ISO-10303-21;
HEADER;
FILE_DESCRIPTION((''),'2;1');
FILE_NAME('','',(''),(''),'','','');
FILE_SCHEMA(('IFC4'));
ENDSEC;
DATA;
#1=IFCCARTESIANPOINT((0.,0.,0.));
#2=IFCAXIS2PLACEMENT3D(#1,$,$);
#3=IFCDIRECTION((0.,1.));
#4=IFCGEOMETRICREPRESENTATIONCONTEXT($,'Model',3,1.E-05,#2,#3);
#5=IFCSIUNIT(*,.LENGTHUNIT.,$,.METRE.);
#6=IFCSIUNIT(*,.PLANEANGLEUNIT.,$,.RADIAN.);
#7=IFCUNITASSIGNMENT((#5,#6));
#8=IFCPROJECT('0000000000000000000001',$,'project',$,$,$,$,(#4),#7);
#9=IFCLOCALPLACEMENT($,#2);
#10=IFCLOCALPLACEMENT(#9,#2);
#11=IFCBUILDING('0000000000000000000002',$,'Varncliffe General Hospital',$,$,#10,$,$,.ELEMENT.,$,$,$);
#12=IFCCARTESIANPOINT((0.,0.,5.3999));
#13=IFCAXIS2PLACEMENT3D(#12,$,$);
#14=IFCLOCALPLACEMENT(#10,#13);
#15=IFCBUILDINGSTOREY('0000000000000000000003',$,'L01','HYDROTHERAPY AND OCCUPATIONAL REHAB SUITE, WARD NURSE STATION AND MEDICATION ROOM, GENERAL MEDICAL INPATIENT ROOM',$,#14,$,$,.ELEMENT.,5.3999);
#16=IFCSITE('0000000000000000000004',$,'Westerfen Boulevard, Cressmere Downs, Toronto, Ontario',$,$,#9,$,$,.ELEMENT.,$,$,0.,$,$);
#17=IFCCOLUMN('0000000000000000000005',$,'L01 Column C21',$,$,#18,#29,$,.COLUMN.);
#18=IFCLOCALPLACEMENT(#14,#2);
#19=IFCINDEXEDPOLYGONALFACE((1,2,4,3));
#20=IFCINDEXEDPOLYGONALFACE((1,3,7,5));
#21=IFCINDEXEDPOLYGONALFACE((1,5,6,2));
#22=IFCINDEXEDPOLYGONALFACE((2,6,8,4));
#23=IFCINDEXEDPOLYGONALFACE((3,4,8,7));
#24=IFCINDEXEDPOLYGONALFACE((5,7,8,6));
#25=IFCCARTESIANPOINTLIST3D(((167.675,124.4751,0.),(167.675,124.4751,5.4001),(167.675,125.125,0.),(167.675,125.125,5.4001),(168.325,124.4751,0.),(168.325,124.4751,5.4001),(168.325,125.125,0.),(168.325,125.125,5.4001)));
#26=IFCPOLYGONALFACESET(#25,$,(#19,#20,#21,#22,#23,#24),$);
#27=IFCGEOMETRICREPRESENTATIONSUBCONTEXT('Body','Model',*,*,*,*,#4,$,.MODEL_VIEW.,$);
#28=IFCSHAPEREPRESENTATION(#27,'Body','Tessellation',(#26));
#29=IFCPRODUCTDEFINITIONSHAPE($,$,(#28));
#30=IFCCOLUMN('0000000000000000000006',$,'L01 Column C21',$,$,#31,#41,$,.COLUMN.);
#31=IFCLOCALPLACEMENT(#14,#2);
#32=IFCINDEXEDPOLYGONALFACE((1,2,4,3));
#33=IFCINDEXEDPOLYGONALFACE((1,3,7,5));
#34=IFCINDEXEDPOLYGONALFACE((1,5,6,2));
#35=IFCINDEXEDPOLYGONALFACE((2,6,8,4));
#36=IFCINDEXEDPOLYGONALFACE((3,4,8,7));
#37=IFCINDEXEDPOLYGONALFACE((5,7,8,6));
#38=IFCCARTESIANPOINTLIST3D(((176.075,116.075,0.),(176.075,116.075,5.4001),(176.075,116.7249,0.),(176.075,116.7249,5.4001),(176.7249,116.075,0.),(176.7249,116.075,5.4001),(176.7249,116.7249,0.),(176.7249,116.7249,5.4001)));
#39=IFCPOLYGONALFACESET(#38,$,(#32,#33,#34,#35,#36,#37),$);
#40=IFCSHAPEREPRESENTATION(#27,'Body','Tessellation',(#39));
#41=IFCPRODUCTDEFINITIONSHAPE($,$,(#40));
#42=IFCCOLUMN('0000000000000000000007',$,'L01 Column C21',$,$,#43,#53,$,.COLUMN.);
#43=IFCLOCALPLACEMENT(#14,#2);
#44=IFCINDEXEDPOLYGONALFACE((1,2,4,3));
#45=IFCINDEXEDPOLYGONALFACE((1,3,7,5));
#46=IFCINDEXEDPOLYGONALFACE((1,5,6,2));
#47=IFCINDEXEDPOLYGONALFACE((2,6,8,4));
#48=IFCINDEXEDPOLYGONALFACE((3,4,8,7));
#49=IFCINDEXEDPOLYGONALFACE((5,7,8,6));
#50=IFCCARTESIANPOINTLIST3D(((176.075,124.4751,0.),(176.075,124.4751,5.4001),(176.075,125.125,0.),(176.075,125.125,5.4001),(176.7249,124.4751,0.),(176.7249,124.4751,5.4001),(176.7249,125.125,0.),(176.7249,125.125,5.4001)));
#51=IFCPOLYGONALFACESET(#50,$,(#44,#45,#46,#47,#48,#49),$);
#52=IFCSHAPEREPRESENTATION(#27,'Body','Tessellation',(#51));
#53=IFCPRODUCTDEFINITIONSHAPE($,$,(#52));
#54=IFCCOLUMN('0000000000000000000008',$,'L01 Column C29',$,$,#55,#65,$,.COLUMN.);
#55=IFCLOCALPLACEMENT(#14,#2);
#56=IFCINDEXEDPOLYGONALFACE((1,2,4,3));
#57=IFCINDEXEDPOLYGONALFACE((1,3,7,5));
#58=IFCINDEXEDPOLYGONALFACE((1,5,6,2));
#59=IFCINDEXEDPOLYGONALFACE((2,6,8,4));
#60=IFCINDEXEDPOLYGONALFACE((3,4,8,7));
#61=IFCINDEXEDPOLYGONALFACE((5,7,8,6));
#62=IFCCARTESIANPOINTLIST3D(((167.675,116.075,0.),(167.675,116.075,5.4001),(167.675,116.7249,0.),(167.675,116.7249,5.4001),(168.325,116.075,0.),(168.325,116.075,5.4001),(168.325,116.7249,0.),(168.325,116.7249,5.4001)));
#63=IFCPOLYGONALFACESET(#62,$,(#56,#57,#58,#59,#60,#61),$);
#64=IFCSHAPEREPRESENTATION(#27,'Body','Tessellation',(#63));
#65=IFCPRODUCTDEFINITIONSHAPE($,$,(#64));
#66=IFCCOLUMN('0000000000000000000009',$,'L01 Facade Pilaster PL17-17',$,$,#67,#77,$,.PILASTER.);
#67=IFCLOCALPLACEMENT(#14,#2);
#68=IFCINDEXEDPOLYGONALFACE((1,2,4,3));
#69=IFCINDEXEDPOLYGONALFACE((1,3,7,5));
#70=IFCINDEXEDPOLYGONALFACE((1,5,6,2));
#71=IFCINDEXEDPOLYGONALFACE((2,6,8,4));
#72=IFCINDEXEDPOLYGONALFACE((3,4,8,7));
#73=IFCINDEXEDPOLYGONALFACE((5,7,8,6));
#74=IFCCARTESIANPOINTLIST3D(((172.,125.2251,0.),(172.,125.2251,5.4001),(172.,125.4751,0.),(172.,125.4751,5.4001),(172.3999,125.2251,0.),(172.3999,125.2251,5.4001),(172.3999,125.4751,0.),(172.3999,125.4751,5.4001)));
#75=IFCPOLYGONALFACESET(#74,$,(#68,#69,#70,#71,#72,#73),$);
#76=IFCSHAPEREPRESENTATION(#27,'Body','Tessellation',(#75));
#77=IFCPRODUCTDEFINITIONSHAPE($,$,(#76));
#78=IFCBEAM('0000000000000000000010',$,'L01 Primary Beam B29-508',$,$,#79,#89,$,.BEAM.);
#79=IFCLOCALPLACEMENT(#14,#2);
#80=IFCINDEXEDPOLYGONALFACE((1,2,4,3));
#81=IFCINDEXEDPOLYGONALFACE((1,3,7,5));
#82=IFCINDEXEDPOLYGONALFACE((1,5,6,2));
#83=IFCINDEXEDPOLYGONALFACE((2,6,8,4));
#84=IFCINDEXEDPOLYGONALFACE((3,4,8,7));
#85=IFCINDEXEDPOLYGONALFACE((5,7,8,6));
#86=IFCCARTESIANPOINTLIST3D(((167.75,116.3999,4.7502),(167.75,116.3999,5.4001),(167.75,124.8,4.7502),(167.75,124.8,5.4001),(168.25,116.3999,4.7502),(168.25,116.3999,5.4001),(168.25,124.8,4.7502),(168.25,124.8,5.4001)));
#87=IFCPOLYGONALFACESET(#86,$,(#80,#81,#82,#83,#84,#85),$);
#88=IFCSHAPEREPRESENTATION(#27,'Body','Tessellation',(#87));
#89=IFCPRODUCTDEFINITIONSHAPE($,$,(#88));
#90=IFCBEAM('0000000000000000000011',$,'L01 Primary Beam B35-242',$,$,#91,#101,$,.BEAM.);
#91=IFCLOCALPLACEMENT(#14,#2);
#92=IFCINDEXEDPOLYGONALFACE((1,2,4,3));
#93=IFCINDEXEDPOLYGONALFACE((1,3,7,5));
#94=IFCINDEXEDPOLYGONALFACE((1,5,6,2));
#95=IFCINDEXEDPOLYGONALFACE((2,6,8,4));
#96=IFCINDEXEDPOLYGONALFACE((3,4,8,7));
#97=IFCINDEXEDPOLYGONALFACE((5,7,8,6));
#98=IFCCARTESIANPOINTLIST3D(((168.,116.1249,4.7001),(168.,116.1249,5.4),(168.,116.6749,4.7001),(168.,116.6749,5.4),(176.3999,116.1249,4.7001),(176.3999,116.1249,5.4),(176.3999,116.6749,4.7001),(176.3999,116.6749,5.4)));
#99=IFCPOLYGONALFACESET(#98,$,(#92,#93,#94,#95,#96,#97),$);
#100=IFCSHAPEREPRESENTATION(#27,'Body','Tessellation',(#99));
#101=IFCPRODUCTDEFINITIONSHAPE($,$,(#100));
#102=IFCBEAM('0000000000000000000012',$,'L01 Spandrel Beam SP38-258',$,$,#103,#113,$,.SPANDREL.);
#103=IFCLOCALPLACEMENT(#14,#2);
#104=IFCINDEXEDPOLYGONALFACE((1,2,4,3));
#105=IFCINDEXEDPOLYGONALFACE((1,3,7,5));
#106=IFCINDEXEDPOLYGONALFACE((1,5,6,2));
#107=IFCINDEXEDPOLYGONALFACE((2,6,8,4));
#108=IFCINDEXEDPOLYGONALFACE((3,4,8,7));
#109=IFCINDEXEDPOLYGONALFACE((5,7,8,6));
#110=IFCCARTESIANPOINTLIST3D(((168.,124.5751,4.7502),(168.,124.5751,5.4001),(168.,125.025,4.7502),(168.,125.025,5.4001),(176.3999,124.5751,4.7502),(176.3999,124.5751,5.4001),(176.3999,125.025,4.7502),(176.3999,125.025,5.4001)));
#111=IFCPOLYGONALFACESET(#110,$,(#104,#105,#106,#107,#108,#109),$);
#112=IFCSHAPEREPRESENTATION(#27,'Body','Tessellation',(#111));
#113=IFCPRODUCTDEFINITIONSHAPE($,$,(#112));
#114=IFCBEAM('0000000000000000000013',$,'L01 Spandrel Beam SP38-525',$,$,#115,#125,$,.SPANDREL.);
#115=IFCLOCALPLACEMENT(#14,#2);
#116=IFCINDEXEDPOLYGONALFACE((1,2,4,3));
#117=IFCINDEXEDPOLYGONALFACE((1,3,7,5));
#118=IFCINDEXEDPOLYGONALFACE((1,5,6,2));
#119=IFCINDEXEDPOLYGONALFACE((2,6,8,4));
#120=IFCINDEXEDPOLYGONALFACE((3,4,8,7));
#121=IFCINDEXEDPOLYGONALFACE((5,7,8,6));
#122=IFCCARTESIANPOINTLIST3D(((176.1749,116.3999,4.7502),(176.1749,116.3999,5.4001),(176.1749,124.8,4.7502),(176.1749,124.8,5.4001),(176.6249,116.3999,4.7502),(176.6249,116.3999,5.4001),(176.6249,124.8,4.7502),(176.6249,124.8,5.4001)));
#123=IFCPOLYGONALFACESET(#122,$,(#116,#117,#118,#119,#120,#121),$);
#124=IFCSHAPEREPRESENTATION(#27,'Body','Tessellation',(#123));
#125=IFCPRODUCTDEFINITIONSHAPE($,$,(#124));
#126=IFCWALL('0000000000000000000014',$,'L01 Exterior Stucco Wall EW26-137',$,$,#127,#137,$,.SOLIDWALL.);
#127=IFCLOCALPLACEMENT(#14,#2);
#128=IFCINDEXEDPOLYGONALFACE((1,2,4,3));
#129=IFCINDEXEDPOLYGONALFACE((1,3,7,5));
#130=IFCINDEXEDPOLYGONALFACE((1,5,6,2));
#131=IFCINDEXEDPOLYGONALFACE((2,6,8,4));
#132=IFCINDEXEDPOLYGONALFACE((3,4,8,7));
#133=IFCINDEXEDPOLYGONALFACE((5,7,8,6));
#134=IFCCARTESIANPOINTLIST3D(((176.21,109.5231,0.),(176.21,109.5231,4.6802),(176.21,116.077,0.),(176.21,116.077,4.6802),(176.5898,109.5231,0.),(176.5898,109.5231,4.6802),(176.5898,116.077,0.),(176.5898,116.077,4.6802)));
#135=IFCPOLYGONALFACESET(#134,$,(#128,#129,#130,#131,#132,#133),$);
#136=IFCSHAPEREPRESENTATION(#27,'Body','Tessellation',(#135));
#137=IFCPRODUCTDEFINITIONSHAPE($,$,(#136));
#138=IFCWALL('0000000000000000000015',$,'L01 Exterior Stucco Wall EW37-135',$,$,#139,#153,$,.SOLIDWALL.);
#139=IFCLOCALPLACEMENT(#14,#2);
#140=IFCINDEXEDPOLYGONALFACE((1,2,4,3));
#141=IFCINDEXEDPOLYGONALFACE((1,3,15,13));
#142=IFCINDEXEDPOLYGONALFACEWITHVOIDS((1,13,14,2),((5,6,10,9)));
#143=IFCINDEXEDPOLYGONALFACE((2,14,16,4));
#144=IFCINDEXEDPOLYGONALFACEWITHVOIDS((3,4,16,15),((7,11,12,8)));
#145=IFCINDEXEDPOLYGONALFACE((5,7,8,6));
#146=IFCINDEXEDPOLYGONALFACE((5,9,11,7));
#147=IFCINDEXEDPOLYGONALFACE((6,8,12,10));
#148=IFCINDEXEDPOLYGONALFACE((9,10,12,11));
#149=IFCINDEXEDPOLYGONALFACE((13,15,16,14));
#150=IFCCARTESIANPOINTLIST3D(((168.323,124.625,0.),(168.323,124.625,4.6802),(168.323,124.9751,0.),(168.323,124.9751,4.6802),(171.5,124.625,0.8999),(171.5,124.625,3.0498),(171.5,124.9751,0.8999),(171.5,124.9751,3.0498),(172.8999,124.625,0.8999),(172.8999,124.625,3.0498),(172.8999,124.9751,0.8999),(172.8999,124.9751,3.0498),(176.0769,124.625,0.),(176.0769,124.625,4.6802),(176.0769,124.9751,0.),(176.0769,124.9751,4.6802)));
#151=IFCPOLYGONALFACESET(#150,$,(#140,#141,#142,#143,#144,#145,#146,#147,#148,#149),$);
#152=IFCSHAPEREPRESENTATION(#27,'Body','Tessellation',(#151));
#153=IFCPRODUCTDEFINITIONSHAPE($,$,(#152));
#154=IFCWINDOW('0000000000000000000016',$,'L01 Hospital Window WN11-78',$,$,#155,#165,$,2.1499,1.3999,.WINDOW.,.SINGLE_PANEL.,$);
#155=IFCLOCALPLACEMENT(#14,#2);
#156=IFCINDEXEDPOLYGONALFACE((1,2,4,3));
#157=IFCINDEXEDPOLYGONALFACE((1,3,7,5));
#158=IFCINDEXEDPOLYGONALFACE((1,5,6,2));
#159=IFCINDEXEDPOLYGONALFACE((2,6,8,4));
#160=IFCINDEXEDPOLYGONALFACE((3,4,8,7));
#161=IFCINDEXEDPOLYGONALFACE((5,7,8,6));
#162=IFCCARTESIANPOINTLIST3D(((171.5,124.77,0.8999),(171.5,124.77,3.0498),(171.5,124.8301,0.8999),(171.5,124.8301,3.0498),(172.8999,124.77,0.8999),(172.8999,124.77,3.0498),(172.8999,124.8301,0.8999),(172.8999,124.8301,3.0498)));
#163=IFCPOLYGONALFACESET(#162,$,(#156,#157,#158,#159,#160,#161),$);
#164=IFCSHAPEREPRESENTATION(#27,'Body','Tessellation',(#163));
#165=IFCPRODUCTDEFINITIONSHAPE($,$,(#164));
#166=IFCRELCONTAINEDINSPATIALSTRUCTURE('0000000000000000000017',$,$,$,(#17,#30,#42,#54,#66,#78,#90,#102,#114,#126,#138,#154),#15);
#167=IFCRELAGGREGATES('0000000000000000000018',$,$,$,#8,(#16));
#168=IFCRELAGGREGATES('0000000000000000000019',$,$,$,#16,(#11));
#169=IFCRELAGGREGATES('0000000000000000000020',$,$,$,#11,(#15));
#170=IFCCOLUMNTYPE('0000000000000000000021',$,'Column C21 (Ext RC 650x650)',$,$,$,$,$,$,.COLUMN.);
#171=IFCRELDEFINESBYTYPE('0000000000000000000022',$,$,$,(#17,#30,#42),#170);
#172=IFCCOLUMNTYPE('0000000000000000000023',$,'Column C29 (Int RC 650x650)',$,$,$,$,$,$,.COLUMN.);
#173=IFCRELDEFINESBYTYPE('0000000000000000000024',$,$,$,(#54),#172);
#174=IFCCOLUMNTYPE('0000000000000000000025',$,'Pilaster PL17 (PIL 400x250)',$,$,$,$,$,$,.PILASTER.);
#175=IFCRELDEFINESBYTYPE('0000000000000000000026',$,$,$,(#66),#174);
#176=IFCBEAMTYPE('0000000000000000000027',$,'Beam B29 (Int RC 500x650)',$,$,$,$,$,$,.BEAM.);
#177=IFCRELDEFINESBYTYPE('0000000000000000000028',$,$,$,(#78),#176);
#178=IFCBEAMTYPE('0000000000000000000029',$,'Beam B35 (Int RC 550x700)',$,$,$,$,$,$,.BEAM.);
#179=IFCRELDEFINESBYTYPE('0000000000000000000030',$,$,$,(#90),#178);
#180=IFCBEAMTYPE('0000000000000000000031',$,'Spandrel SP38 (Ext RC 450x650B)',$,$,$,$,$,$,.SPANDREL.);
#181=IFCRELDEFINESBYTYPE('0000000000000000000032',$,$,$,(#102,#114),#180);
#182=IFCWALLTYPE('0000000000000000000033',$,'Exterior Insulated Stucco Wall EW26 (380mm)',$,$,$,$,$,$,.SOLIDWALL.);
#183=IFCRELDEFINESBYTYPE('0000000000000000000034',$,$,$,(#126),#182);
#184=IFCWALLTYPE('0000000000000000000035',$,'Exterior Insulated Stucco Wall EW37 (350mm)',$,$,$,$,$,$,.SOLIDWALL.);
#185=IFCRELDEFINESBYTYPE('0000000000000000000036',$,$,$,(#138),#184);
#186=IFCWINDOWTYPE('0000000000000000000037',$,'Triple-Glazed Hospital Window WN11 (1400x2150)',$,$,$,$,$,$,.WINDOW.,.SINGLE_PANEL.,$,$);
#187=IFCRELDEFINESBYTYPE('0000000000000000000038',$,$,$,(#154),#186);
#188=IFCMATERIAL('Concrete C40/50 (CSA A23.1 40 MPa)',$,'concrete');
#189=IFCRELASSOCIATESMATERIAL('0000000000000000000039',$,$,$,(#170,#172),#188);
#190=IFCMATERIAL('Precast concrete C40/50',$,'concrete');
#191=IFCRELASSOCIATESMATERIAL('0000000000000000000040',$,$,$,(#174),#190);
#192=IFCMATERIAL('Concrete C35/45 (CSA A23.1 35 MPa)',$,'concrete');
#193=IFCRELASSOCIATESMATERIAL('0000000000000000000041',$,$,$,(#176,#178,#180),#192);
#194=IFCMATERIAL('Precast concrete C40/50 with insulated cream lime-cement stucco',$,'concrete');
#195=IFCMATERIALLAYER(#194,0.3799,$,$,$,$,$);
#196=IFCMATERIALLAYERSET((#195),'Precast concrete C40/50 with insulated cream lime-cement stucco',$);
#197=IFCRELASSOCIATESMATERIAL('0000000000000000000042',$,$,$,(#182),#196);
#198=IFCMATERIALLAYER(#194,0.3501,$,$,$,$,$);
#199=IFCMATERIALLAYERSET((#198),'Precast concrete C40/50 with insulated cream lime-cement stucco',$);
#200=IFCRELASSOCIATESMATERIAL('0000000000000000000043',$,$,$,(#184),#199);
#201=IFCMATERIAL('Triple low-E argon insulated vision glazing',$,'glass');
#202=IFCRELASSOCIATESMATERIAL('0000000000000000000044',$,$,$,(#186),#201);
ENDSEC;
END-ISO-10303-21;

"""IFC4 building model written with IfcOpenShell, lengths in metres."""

from ifc_helpers import new_model, si_unit, direction, frame, frame_2d, origin, origin_2d, place, context, subcontext, project, spatial, rectangle, extrude, material, layer, layer_set, material_profile, profile_set, type_object, element, fill, save


model = new_model("IFC4")

# Units and contexts
model_context = context("Model", 3, precision=1e-05, world=origin(), true_north=direction((0.0, 1.0)))
body_context = subcontext(model_context, "Body", "Model", "MODEL_VIEW")
ifc_project = project(units=[si_unit("LENGTHUNIT", "METRE"), si_unit("PLANEANGLEUNIT", "RADIAN")], contexts=[model_context])

# Site, building, storey
site_placement = place(None, origin())
site = spatial("IfcSite", under=ifc_project, at=site_placement, Name="Westerfen Boulevard, Cressmere Downs, Toronto, Ontario", CompositionType="ELEMENT", RefElevation=0.0)
building_placement = place(site_placement, origin())
building = spatial("IfcBuilding", under=site, at=building_placement, Name="Varncliffe General Hospital", CompositionType="ELEMENT")
storey_placement = place(building_placement, frame((0.0, 0.0, 5.3999)))
storey = spatial("IfcBuildingStorey", under=building, at=storey_placement, Name="L01", Description="HYDROTHERAPY AND OCCUPATIONAL REHAB SUITE, WARD NURSE STATION AND MEDICATION ROOM, GENERAL MEDICAL INPATIENT ROOM", CompositionType="ELEMENT", Elevation=5.3999)

# Columns
ifc_material_1 = material(Name="Concrete C40/50 (CSA A23.1 40 MPa)", Category="concrete")
ifc_material_profile_1 = material_profile(ifc_material_1, rectangle(XDim=0.6499, YDim=0.6499, at=origin_2d()), Name="RC 650x650")
ifc_profile_set_1 = profile_set([ifc_material_profile_1], Name="Concrete C40/50 (CSA A23.1 40 MPa)")
column_type_1 = type_object("IfcColumnType", Name="Column C21 (Ext RC 650x650)", PredefinedType="COLUMN", material=ifc_profile_set_1)
for number, where, z_axis, x_axis, name in (
    (1, (168.0, 124.8, 0.0), (0.0, 0.0, 1.0), (1.0, 0.0, 0.0), "L01 Column C21"),
    (2, (176.3999, 116.3999, 0.0), (0.0, 0.0, 1.0), (1.0, 0.0, 0.0), "L01 Column C21"),
    (3, (176.3999, 124.8, 0.0), (0.0, 0.0, 1.0), (1.0, 0.0, 0.0), "L01 Column C21"),
):
    element("IfcColumn", number, at=place(storey_placement, frame(where, z_axis=z_axis, x_axis=x_axis)), inside=storey, type_object=column_type_1, Name=name, PredefinedType="COLUMN", context=body_context, shape_type="SweptSolid", body=[
        extrude(rectangle(XDim=0.6499, YDim=0.6499, at=origin_2d()), origin(), (0.0, 0.0, 1.0), 5.4001),
    ])
ifc_material_profile_2 = material_profile(ifc_material_1, rectangle(XDim=0.6499, YDim=0.6499, at=origin_2d()), Name="RC 650x650")
ifc_profile_set_2 = profile_set([ifc_material_profile_2], Name="Concrete C40/50 (CSA A23.1 40 MPa)")
column_type_2 = type_object("IfcColumnType", Name="Column C29 (Int RC 650x650)", PredefinedType="COLUMN", material=ifc_profile_set_2)
column_1_placement = place(storey_placement, frame((168.0, 116.3999, 0.0), z_axis=(0.0, 0.0, 1.0), x_axis=(1.0, 0.0, 0.0)))
element("IfcColumn", 4, at=column_1_placement, inside=storey, type_object=column_type_2, Name="L01 Column C29", PredefinedType="COLUMN", context=body_context, shape_type="SweptSolid", body=[
    extrude(rectangle(XDim=0.6499, YDim=0.6499, at=origin_2d()), origin(), (0.0, 0.0, 1.0), 5.4001),
])
ifc_material_2 = material(Name="Precast concrete C40/50", Category="concrete")
ifc_material_profile_3 = material_profile(ifc_material_2, rectangle(XDim=0.3999, YDim=0.25, at=origin_2d()), Name="PIL 400x250")
ifc_profile_set_3 = profile_set([ifc_material_profile_3], Name="Precast concrete C40/50")
column_type_3 = type_object("IfcColumnType", Name="Pilaster PL17 (PIL 400x250)", PredefinedType="PILASTER", material=ifc_profile_set_3)
column_2_placement = place(storey_placement, frame((172.2, 125.3501, 0.0), z_axis=(0.0, 0.0, 1.0), x_axis=(1.0, 0.0, 0.0)))
element("IfcColumn", 5, at=column_2_placement, inside=storey, type_object=column_type_3, Name="L01 Facade Pilaster PL17-17", PredefinedType="PILASTER", context=body_context, shape_type="SweptSolid", body=[
    extrude(rectangle(XDim=0.3999, YDim=0.25, at=origin_2d()), origin(), (0.0, 0.0, 1.0), 5.4001),
])

# Beams
ifc_material_3 = material(Name="Concrete C35/45 (CSA A23.1 35 MPa)", Category="concrete")
ifc_material_profile_4 = material_profile(ifc_material_3, rectangle(XDim=0.5, YDim=0.6499, at=origin_2d()), Name="RC 500x650")
ifc_profile_set_4 = profile_set([ifc_material_profile_4], Name="Concrete C35/45 (CSA A23.1 35 MPa)")
beam_type_1 = type_object("IfcBeamType", Name="Beam B29 (Int RC 500x650)", PredefinedType="BEAM", material=ifc_profile_set_4)
beam_1_placement = place(storey_placement, frame((168.0, 116.3999, 5.0752), z_axis=(0.0, 1.0, 0.0), x_axis=(-1.0, 0.0, 0.0)))
element("IfcBeam", 6, at=beam_1_placement, inside=storey, type_object=beam_type_1, Name="L01 Primary Beam B29-508", PredefinedType="BEAM", context=body_context, shape_type="SweptSolid", body=[
    extrude(rectangle(XDim=0.5, YDim=0.6499, at=origin_2d()), origin(), (0.0, 0.0, 1.0), 8.4001),
])
ifc_material_profile_5 = material_profile(ifc_material_3, rectangle(XDim=0.55, YDim=0.7, at=origin_2d()), Name="RC 550x700")
ifc_profile_set_5 = profile_set([ifc_material_profile_5], Name="Concrete C35/45 (CSA A23.1 35 MPa)")
beam_type_2 = type_object("IfcBeamType", Name="Beam B35 (Int RC 550x700)", PredefinedType="BEAM", material=ifc_profile_set_5)
beam_2_placement = place(storey_placement, frame((168.0, 116.3999, 5.05), z_axis=(1.0, 0.0, 0.0), x_axis=(0.0, 1.0, 0.0)))
element("IfcBeam", 7, at=beam_2_placement, inside=storey, type_object=beam_type_2, Name="L01 Primary Beam B35-242", PredefinedType="BEAM", context=body_context, shape_type="SweptSolid", body=[
    extrude(rectangle(XDim=0.55, YDim=0.7, at=origin_2d()), origin(), (0.0, 0.0, 1.0), 8.3999),
])
ifc_material_profile_6 = material_profile(ifc_material_3, rectangle(XDim=0.45, YDim=0.6499, at=origin_2d()), Name="RC 450x650")
ifc_profile_set_6 = profile_set([ifc_material_profile_6], Name="Concrete C35/45 (CSA A23.1 35 MPa)")
beam_type_3 = type_object("IfcBeamType", Name="Spandrel SP38 (Ext RC 450x650B)", PredefinedType="SPANDREL", material=ifc_profile_set_6)
beam_3_placement = place(storey_placement, frame((168.0, 124.8, 5.0752), z_axis=(1.0, 0.0, 0.0), x_axis=(0.0, 1.0, 0.0)))
element("IfcBeam", 8, at=beam_3_placement, inside=storey, type_object=beam_type_3, Name="L01 Spandrel Beam SP38-258", PredefinedType="SPANDREL", context=body_context, shape_type="SweptSolid", body=[
    extrude(rectangle(XDim=0.45, YDim=0.6499, at=origin_2d()), origin(), (0.0, 0.0, 1.0), 8.3999),
])
beam_4_placement = place(storey_placement, frame((176.3999, 116.3999, 5.0752), z_axis=(0.0, 1.0, 0.0), x_axis=(-1.0, 0.0, 0.0)))
element("IfcBeam", 9, at=beam_4_placement, inside=storey, type_object=beam_type_3, Name="L01 Spandrel Beam SP38-525", PredefinedType="SPANDREL", context=body_context, shape_type="SweptSolid", body=[
    extrude(rectangle(XDim=0.45, YDim=0.6499, at=origin_2d()), origin(), (0.0, 0.0, 1.0), 8.4001),
])

# Wall
ifc_material_4 = material(Name="Precast concrete C40/50 with insulated cream lime-cement stucco", Category="concrete")
ifc_layer_1 = layer(ifc_material_4, 0.3799)
ifc_layer_set_1 = layer_set([ifc_layer_1], Name="Precast concrete C40/50 with insulated cream lime-cement stucco")
wall_type_1 = type_object("IfcWallType", Name="Exterior Insulated Stucco Wall EW26 (380mm)", PredefinedType="SOLIDWALL", material=ifc_layer_set_1)
wall_1_placement = place(storey_placement, frame((176.3999, 116.0769, 0.0), z_axis=(0.0, 0.0, 1.0), x_axis=(0.0, -1.0, 0.0)))
element("IfcWall", 10, at=wall_1_placement, inside=storey, type_object=wall_type_1, Name="L01 Exterior Stucco Wall EW26-137", PredefinedType="SOLIDWALL", context=body_context, shape_type="SweptSolid", body=[
    extrude(rectangle(XDim=6.554, YDim=0.3799, at=frame_2d((3.2769, 0.0))), origin(), (0.0, 0.0, 1.0), 4.6802),
])

# Wall, opening, window
ifc_layer_2 = layer(ifc_material_4, 0.3501)
ifc_layer_set_2 = layer_set([ifc_layer_2], Name="Precast concrete C40/50 with insulated cream lime-cement stucco")
wall_type_2 = type_object("IfcWallType", Name="Exterior Insulated Stucco Wall EW37 (350mm)", PredefinedType="SOLIDWALL", material=ifc_layer_set_2)
wall_2_placement = place(storey_placement, frame((168.323, 124.8, 0.0), z_axis=(0.0, 0.0, 1.0), x_axis=(1.0, 0.0, 0.0)))
wall_2 = element("IfcWall", 11, at=wall_2_placement, inside=storey, type_object=wall_type_2, Name="L01 Exterior Stucco Wall EW37-135", PredefinedType="SOLIDWALL", context=body_context, shape_type="SweptSolid", body=[
    extrude(rectangle(XDim=7.7539, YDim=0.3501, at=frame_2d((3.877, 0.0))), origin(), (0.0, 0.0, 1.0), 4.6802),
])
opening_1_placement = place(wall_2_placement, frame((3.177, 0.0, 0.8999)))
opening_1 = element("IfcOpeningElement", 12, at=opening_1_placement, cuts=wall_2, PredefinedType="OPENING", context=body_context, shape_type="SweptSolid", body=[
    extrude(rectangle(XDim=1.3999, YDim=2.1499, at=frame_2d((0.7, 1.075))), frame((0.0, 0.1851, 0.0), z_axis=(0.0, -1.0, 0.0), x_axis=(1.0, 0.0, 0.0)), (0.0, 0.0, 1.0), 0.3701),
])
ifc_material_5 = material(Name="Triple low-E argon insulated vision glazing", Category="glass")
window_type_1 = type_object("IfcWindowType", Name="Triple-Glazed Hospital Window WN11 (1400x2150)", PartitioningType="SINGLE_PANEL", PredefinedType="WINDOW", material=ifc_material_5)
window_1_placement = place(opening_1_placement, origin())
window_1 = element("IfcWindow", 13, at=window_1_placement, inside=storey, type_object=window_type_1, Name="L01 Hospital Window WN11-78", OverallHeight=2.1499, OverallWidth=1.3999, PartitioningType="SINGLE_PANEL", PredefinedType="WINDOW", context=body_context, shape_type="SweptSolid", body=[
    extrude(rectangle(XDim=1.3999, YDim=2.1499, at=frame_2d((0.7, 1.075))), frame((0.0, 0.03, 0.0), z_axis=(0.0, -1.0, 0.0), x_axis=(1.0, 0.0, 0.0)), (0.0, 0.0, 1.0), 0.0601),
])
fill(opening_1, window_1)

save(model, "model.ifc")
